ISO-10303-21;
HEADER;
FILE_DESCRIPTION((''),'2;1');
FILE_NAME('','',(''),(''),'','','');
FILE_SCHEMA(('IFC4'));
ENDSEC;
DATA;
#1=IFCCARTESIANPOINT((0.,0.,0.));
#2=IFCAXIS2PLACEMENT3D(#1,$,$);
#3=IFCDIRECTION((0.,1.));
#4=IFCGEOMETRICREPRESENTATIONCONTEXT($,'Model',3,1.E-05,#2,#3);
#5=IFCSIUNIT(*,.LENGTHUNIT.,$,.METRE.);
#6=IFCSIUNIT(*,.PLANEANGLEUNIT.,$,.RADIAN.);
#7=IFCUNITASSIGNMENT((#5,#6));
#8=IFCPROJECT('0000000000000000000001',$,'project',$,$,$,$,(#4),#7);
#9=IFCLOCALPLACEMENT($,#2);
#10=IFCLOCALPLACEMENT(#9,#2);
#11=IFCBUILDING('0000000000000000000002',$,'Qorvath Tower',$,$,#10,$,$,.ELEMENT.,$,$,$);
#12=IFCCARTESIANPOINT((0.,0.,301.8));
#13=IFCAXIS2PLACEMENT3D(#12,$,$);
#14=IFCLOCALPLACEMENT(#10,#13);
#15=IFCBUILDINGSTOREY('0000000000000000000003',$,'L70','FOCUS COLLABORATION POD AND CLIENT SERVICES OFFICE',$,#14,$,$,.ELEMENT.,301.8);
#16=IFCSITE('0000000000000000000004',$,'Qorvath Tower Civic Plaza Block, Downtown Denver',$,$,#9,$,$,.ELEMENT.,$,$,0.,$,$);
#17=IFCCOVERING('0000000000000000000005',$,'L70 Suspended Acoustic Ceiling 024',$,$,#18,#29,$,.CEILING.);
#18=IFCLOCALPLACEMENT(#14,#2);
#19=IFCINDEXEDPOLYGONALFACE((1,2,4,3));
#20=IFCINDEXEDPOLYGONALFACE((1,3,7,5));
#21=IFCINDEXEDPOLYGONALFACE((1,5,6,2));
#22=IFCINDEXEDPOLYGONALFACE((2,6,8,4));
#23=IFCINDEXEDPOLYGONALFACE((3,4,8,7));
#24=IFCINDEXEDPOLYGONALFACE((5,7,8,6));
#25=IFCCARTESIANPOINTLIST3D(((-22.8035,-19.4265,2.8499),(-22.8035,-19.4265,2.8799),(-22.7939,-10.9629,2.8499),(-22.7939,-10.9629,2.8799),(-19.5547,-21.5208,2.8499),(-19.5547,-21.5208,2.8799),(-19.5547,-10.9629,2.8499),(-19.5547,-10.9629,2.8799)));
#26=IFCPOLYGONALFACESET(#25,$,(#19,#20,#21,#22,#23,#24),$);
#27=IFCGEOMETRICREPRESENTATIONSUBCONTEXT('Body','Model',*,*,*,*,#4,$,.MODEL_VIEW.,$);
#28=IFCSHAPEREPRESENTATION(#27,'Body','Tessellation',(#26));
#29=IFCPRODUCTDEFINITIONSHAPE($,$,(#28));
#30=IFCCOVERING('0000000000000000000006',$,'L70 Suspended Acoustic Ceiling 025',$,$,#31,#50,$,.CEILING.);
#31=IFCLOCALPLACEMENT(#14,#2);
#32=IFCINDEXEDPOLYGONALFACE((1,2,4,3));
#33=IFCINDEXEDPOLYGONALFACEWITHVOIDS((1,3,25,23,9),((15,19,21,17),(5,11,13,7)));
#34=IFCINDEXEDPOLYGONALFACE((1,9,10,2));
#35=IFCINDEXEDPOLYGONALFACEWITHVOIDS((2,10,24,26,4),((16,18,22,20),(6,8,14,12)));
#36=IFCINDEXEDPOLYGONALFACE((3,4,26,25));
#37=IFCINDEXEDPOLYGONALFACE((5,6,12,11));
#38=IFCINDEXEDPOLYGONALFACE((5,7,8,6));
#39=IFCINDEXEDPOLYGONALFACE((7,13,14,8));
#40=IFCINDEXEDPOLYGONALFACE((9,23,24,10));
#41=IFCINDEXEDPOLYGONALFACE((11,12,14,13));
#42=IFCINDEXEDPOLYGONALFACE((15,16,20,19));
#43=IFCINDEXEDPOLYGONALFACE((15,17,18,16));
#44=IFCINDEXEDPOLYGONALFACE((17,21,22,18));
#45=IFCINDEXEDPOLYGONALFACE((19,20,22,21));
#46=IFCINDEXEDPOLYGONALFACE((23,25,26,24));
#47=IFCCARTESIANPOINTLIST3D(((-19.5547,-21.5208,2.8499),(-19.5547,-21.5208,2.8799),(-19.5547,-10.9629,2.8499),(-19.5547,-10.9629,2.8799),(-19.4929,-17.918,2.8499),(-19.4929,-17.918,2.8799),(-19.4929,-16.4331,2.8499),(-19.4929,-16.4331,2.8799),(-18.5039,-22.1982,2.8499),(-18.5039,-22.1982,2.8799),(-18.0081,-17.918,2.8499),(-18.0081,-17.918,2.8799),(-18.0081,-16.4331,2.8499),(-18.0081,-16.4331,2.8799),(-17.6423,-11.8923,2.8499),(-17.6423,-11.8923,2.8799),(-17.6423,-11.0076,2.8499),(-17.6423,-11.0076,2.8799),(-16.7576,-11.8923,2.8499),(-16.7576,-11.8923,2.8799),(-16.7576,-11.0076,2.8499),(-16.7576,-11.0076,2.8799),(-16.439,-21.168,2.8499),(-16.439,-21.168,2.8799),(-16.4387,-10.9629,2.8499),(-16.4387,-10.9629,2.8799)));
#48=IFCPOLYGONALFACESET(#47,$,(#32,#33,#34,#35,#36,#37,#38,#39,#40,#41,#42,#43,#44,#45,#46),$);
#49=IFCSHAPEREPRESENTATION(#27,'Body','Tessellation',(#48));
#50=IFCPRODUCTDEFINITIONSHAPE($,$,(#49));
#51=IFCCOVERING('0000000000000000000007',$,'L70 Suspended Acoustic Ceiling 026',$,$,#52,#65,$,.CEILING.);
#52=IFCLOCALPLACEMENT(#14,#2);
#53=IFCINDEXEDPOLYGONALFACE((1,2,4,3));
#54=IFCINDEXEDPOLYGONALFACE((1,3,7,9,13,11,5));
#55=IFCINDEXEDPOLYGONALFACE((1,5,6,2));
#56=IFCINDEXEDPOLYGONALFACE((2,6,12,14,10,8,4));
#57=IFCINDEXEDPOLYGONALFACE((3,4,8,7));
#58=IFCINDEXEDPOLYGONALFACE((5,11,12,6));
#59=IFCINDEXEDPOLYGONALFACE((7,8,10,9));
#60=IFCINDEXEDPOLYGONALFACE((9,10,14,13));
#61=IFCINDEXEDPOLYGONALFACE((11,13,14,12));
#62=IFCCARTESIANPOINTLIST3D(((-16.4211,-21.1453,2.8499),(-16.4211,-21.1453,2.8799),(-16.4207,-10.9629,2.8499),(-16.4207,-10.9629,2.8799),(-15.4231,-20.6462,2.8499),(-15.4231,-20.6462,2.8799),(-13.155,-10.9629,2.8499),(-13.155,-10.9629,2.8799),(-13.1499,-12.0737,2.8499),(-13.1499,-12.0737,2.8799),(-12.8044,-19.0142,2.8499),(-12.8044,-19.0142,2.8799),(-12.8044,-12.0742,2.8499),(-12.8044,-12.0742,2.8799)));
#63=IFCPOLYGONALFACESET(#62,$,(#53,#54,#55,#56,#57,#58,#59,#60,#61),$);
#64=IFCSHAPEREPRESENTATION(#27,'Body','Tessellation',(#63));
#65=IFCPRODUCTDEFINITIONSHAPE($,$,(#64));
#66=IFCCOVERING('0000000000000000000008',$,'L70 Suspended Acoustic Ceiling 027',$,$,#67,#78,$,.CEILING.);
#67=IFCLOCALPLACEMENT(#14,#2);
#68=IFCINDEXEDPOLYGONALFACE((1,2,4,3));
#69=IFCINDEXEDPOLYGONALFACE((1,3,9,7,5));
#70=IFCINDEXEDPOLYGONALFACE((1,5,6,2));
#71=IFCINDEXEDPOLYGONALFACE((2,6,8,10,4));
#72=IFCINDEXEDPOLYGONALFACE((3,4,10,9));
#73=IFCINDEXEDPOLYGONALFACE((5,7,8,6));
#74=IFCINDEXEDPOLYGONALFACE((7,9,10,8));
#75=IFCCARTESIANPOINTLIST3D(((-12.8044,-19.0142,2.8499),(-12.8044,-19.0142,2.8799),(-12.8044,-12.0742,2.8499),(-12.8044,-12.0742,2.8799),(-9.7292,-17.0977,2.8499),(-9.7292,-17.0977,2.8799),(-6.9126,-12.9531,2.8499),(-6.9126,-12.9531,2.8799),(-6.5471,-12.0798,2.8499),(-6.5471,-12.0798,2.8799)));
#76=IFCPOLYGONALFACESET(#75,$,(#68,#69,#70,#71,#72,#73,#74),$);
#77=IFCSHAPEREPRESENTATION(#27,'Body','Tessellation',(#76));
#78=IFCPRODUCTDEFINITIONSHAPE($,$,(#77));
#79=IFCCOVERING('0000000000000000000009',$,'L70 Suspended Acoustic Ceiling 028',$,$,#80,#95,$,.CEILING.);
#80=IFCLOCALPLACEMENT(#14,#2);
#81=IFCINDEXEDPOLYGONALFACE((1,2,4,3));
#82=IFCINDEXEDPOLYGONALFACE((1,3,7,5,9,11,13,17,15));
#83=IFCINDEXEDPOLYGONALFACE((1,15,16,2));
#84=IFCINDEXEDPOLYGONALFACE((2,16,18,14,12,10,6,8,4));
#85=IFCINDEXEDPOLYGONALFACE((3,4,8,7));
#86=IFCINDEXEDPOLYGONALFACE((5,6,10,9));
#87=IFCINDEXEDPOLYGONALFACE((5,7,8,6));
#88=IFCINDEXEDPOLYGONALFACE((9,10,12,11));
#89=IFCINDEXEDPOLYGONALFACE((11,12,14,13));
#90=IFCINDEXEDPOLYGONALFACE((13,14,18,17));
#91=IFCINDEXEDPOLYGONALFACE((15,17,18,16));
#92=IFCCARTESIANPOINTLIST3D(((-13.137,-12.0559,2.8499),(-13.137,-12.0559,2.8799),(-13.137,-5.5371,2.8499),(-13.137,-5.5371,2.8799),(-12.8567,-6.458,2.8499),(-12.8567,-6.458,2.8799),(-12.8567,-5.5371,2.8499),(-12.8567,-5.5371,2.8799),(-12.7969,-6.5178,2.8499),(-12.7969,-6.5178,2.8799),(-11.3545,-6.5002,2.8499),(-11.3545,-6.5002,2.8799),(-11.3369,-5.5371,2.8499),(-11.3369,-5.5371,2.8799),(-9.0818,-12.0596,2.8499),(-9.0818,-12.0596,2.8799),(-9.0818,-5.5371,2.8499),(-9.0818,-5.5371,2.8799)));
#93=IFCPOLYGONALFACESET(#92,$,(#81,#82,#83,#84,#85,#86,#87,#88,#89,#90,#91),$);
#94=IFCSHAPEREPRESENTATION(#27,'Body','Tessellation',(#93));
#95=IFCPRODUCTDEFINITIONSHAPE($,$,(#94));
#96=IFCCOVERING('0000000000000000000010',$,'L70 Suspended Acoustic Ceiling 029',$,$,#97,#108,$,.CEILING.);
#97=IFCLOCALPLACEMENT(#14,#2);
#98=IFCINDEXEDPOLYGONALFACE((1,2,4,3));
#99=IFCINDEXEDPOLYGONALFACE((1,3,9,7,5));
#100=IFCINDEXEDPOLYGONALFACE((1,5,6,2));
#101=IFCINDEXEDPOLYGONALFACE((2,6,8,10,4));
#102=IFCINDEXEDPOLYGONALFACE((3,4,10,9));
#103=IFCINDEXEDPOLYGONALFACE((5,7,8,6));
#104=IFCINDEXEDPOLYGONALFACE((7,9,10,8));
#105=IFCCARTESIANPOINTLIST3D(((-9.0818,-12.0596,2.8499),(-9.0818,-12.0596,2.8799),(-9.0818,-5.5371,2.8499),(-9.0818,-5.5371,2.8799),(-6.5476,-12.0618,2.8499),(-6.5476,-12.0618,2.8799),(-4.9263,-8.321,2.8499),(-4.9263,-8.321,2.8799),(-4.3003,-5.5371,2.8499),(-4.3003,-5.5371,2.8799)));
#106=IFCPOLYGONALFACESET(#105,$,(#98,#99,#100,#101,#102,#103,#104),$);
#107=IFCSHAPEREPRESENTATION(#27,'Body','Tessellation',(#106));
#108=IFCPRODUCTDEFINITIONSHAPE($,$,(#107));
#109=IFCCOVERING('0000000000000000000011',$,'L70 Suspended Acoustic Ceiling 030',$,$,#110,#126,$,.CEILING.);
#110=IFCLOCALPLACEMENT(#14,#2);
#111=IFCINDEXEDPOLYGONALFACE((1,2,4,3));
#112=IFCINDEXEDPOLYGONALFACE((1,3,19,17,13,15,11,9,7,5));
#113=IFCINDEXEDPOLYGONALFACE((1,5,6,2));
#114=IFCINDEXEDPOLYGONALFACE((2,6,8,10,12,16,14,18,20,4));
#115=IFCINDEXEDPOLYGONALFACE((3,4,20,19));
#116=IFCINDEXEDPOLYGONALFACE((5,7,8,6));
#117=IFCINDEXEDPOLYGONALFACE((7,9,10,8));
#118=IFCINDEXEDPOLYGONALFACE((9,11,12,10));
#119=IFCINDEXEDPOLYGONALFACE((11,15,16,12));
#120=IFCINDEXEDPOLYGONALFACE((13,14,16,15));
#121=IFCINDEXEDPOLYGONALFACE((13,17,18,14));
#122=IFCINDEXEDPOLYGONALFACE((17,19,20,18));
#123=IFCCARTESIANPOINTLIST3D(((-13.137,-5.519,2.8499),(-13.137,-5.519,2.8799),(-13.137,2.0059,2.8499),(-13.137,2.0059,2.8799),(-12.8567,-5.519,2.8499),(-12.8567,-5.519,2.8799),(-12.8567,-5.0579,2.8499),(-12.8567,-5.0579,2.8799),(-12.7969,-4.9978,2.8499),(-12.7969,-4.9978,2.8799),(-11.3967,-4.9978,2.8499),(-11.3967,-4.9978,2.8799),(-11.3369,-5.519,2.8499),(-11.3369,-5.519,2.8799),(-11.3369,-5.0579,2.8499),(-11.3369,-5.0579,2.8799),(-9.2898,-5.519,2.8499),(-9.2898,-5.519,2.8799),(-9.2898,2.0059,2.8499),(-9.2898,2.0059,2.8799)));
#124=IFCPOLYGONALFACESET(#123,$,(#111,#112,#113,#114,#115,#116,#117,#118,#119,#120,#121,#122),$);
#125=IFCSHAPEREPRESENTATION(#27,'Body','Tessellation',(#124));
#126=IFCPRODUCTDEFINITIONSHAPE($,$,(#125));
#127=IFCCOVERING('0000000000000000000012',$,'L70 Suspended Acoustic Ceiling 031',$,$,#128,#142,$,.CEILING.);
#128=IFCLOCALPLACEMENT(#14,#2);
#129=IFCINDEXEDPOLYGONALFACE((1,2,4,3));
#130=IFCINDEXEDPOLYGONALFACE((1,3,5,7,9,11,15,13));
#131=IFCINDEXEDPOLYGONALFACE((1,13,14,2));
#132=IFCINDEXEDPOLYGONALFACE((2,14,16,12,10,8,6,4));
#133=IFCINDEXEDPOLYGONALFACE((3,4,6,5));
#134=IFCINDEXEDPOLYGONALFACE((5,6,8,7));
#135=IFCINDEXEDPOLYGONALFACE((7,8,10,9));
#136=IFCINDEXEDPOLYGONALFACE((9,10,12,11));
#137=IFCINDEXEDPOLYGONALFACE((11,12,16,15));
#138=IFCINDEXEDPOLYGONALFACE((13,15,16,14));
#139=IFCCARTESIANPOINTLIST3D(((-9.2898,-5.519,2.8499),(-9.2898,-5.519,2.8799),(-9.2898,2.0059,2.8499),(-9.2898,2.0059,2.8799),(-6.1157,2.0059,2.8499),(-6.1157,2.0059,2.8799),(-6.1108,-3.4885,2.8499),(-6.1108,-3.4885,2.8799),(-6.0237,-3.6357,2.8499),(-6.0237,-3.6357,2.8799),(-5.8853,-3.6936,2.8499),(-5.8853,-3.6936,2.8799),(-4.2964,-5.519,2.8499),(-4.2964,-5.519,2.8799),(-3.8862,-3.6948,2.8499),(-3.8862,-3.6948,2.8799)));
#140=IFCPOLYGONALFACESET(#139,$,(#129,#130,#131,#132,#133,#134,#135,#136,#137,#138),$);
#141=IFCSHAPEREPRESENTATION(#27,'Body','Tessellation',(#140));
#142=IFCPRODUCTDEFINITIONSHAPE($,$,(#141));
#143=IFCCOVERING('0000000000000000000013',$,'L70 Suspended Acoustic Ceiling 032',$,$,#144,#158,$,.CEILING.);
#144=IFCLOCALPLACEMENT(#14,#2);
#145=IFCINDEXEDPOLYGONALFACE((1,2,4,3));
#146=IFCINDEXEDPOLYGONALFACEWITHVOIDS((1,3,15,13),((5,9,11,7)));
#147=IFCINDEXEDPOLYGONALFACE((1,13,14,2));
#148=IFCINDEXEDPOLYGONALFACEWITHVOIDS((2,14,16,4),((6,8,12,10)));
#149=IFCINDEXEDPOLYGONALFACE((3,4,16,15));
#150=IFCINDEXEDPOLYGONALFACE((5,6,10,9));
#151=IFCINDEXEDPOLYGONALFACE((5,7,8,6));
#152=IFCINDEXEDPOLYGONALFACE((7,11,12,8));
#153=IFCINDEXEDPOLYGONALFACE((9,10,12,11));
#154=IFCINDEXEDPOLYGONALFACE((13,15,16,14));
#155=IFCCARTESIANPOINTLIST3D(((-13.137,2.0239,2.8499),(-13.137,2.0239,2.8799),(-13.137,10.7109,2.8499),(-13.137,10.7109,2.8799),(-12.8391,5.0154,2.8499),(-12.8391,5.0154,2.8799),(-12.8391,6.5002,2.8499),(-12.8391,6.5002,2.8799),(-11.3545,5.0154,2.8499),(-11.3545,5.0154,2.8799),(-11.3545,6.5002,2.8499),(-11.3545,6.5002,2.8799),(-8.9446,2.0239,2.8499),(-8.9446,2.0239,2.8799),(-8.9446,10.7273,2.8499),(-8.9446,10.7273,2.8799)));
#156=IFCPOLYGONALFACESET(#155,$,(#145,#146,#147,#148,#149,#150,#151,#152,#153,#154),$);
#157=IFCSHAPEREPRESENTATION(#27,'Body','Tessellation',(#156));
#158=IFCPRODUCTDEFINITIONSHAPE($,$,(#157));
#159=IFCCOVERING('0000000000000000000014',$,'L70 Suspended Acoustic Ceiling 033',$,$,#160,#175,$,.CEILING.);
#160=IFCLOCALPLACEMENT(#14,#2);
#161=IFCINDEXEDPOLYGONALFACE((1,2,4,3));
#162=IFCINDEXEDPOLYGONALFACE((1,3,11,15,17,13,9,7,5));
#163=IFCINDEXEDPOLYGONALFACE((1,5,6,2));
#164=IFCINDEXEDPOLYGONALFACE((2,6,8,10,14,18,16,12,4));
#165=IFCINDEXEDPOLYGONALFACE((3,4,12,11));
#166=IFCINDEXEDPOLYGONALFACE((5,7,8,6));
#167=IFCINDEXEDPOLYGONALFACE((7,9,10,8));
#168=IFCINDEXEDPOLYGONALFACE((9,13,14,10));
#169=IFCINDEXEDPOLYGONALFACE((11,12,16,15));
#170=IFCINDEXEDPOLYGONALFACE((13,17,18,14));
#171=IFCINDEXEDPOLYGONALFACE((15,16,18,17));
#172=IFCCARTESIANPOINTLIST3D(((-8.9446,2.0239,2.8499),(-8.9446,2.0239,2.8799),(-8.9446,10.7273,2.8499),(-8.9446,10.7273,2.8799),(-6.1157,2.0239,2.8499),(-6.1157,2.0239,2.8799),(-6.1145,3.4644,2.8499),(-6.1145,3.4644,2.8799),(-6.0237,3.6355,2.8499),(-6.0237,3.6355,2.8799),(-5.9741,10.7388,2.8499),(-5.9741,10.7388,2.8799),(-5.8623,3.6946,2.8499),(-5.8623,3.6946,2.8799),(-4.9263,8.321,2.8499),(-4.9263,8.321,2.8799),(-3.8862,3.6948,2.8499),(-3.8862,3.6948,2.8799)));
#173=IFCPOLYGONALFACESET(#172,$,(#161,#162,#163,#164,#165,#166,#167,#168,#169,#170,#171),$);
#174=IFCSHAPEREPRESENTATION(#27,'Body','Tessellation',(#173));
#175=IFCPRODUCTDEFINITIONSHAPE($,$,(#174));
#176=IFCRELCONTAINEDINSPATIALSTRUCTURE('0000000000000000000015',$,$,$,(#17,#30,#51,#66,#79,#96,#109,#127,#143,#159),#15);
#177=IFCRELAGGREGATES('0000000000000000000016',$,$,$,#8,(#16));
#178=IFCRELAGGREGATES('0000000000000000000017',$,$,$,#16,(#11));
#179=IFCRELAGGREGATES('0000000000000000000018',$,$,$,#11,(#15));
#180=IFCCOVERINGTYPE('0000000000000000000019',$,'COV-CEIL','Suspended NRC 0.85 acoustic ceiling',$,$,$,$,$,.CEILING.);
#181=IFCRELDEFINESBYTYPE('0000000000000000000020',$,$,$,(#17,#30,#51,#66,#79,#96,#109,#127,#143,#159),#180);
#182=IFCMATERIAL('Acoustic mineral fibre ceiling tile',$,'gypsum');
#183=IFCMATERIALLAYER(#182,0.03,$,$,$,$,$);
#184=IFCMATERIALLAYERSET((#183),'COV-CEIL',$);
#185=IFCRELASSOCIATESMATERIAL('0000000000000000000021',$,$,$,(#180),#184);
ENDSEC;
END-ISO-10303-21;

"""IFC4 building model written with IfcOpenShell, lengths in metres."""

from ifc_helpers import new_model, si_unit, direction, frame, origin, place, context, subcontext, project, spatial, polyline, outline, extrude, material, layer, layer_set, type_object, element, save


model = new_model("IFC4")

# Units and contexts
model_context = context("Model", 3, precision=1e-05, world=origin(), true_north=direction((0.0, 1.0)))
body_context = subcontext(model_context, "Body", "Model", "MODEL_VIEW")
ifc_project = project(units=[si_unit("LENGTHUNIT", "METRE"), si_unit("PLANEANGLEUNIT", "RADIAN")], contexts=[model_context])

# Site, building, storey
site_placement = place(None, origin())
site = spatial("IfcSite", under=ifc_project, at=site_placement, Name="Qorvath Tower Civic Plaza Block, Downtown Denver", CompositionType="ELEMENT", RefElevation=0.0)
building_placement = place(site_placement, origin())
building = spatial("IfcBuilding", under=site, at=building_placement, Name="Qorvath Tower", CompositionType="ELEMENT")
storey_placement = place(building_placement, frame((0.0, 0.0, 301.8)))
storey = spatial("IfcBuildingStorey", under=building, at=storey_placement, Name="L70", Description="FOCUS COLLABORATION POD AND CLIENT SERVICES OFFICE", CompositionType="ELEMENT", Elevation=301.8)

# Coverings
ifc_material_1 = material(Name="Acoustic mineral fibre ceiling tile", Category="gypsum")
ifc_layer_1 = layer(ifc_material_1, 0.03)
ifc_layer_set_1 = layer_set([ifc_layer_1], Name="COV-CEIL")
covering_type_1 = type_object("IfcCoveringType", Name="COV-CEIL", Description="Suspended NRC 0.85 acoustic ceiling", PredefinedType="CEILING", material=ifc_layer_set_1)
covering_1_placement = place(storey_placement, frame((0.0, 0.0, 2.8499)))
element("IfcCovering", 1, at=covering_1_placement, inside=storey, type_object=covering_type_1, Name="L70 Suspended Acoustic Ceiling 024", PredefinedType="CEILING", context=body_context, shape_type="SweptSolid", body=[
    extrude(outline(polyline([(-22.8035, -19.4265), (-19.5547, -21.5208), (-19.5547, -10.9629), (-22.7939, -10.9629), (-22.8035, -19.4265)])), origin(), (0.0, 0.0, 1.0), 0.03),
])
covering_2_placement = place(storey_placement, frame((0.0, 0.0, 2.8499)))
element("IfcCovering", 2, at=covering_2_placement, inside=storey, type_object=covering_type_1, Name="L70 Suspended Acoustic Ceiling 025", PredefinedType="CEILING", context=body_context, shape_type="SweptSolid", body=[
    extrude(outline(polyline([(-19.5547, -10.9629), (-19.5547, -21.5208), (-18.5039, -22.1982), (-16.439, -21.168), (-16.4387, -10.9629), (-19.5547, -10.9629)]), holes=[polyline([(-17.6423, -11.8923), (-17.6423, -11.0076), (-16.7576, -11.0076), (-16.7576, -11.8923), (-17.6423, -11.8923)]), polyline([(-19.4929, -17.918), (-19.4929, -16.4331), (-18.0081, -16.4331), (-18.0081, -17.918), (-19.4929, -17.918)])]), origin(), (0.0, 0.0, 1.0), 0.03),
])
covering_3_placement = place(storey_placement, frame((0.0, 0.0, 2.8499)))
element("IfcCovering", 3, at=covering_3_placement, inside=storey, type_object=covering_type_1, Name="L70 Suspended Acoustic Ceiling 026", PredefinedType="CEILING", context=body_context, shape_type="SweptSolid", body=[
    extrude(outline(polyline([(-13.155, -10.9629), (-16.4207, -10.9629), (-16.4211, -21.1453), (-15.4231, -20.6462), (-12.8044, -19.0142), (-12.8044, -12.0742), (-13.1499, -12.0737), (-13.155, -10.9629)])), origin(), (0.0, 0.0, 1.0), 0.03),
])
covering_4_placement = place(storey_placement, frame((0.0, 0.0, 2.8499)))
element("IfcCovering", 4, at=covering_4_placement, inside=storey, type_object=covering_type_1, Name="L70 Suspended Acoustic Ceiling 027", PredefinedType="CEILING", context=body_context, shape_type="SweptSolid", body=[
    extrude(outline(polyline([(-12.8044, -12.0742), (-12.8044, -19.0142), (-9.7292, -17.0977), (-6.9126, -12.9531), (-6.5471, -12.0798), (-12.8044, -12.0742)])), origin(), (0.0, 0.0, 1.0), 0.03),
])
covering_5_placement = place(storey_placement, frame((0.0, 0.0, 2.8499)))
element("IfcCovering", 5, at=covering_5_placement, inside=storey, type_object=covering_type_1, Name="L70 Suspended Acoustic Ceiling 028", PredefinedType="CEILING", context=body_context, shape_type="SweptSolid", body=[
    extrude(outline(polyline([(-13.137, -5.5371), (-13.137, -12.0559), (-9.0818, -12.0596), (-9.0818, -5.5371), (-11.3369, -5.5371), (-11.3545, -6.5002), (-12.7969, -6.5178), (-12.8567, -6.458), (-12.8567, -5.5371), (-13.137, -5.5371)])), origin(), (0.0, 0.0, 1.0), 0.03),
])
covering_6_placement = place(storey_placement, frame((0.0, 0.0, 2.8499)))
element("IfcCovering", 6, at=covering_6_placement, inside=storey, type_object=covering_type_1, Name="L70 Suspended Acoustic Ceiling 029", PredefinedType="CEILING", context=body_context, shape_type="SweptSolid", body=[
    extrude(outline(polyline([(-9.0818, -5.5371), (-9.0818, -12.0596), (-6.5476, -12.0618), (-4.9263, -8.321), (-4.3003, -5.5371), (-9.0818, -5.5371)])), origin(), (0.0, 0.0, 1.0), 0.03),
])
covering_7_placement = place(storey_placement, frame((0.0, 0.0, 2.8499)))
element("IfcCovering", 7, at=covering_7_placement, inside=storey, type_object=covering_type_1, Name="L70 Suspended Acoustic Ceiling 030", PredefinedType="CEILING", context=body_context, shape_type="SweptSolid", body=[
    extrude(outline(polyline([(-9.2898, -5.519), (-9.2898, 2.0059), (-13.137, 2.0059), (-13.137, -5.519), (-12.8567, -5.519), (-12.8567, -5.0579), (-12.7969, -4.9978), (-11.3967, -4.9978), (-11.3369, -5.0579), (-11.3369, -5.519), (-9.2898, -5.519)])), origin(), (0.0, 0.0, 1.0), 0.03),
])
covering_8_placement = place(storey_placement, frame((0.0, 0.0, 2.8499)))
element("IfcCovering", 8, at=covering_8_placement, inside=storey, type_object=covering_type_1, Name="L70 Suspended Acoustic Ceiling 031", PredefinedType="CEILING", context=body_context, shape_type="SweptSolid", body=[
    extrude(outline(polyline([(-6.0237, -3.6357), (-6.1108, -3.4885), (-6.1157, 2.0059), (-9.2898, 2.0059), (-9.2898, -5.519), (-4.2964, -5.519), (-3.8862, -3.6948), (-5.8853, -3.6936), (-6.0237, -3.6357)])), origin(), (0.0, 0.0, 1.0), 0.03),
])
covering_9_placement = place(storey_placement, frame((0.0, 0.0, 2.8499)))
element("IfcCovering", 9, at=covering_9_placement, inside=storey, type_object=covering_type_1, Name="L70 Suspended Acoustic Ceiling 032", PredefinedType="CEILING", context=body_context, shape_type="SweptSolid", body=[
    extrude(outline(polyline([(-8.9446, 2.0239), (-8.9446, 10.7273), (-13.137, 10.7109), (-13.137, 2.0239), (-8.9446, 2.0239)]), holes=[polyline([(-12.8391, 5.0154), (-12.8391, 6.5002), (-11.3545, 6.5002), (-11.3545, 5.0154), (-12.8391, 5.0154)])]), origin(), (0.0, 0.0, 1.0), 0.03),
])
covering_10_placement = place(storey_placement, frame((0.0, 0.0, 2.8499)))
element("IfcCovering", 10, at=covering_10_placement, inside=storey, type_object=covering_type_1, Name="L70 Suspended Acoustic Ceiling 033", PredefinedType="CEILING", context=body_context, shape_type="SweptSolid", body=[
    extrude(outline(polyline([(-5.8623, 3.6946), (-3.8862, 3.6948), (-4.9263, 8.321), (-5.9741, 10.7388), (-8.9446, 10.7273), (-8.9446, 2.0239), (-6.1157, 2.0239), (-6.1145, 3.4644), (-6.0237, 3.6355), (-5.8623, 3.6946)])), origin(), (0.0, 0.0, 1.0), 0.03),
])

save(model, "model.ifc")
